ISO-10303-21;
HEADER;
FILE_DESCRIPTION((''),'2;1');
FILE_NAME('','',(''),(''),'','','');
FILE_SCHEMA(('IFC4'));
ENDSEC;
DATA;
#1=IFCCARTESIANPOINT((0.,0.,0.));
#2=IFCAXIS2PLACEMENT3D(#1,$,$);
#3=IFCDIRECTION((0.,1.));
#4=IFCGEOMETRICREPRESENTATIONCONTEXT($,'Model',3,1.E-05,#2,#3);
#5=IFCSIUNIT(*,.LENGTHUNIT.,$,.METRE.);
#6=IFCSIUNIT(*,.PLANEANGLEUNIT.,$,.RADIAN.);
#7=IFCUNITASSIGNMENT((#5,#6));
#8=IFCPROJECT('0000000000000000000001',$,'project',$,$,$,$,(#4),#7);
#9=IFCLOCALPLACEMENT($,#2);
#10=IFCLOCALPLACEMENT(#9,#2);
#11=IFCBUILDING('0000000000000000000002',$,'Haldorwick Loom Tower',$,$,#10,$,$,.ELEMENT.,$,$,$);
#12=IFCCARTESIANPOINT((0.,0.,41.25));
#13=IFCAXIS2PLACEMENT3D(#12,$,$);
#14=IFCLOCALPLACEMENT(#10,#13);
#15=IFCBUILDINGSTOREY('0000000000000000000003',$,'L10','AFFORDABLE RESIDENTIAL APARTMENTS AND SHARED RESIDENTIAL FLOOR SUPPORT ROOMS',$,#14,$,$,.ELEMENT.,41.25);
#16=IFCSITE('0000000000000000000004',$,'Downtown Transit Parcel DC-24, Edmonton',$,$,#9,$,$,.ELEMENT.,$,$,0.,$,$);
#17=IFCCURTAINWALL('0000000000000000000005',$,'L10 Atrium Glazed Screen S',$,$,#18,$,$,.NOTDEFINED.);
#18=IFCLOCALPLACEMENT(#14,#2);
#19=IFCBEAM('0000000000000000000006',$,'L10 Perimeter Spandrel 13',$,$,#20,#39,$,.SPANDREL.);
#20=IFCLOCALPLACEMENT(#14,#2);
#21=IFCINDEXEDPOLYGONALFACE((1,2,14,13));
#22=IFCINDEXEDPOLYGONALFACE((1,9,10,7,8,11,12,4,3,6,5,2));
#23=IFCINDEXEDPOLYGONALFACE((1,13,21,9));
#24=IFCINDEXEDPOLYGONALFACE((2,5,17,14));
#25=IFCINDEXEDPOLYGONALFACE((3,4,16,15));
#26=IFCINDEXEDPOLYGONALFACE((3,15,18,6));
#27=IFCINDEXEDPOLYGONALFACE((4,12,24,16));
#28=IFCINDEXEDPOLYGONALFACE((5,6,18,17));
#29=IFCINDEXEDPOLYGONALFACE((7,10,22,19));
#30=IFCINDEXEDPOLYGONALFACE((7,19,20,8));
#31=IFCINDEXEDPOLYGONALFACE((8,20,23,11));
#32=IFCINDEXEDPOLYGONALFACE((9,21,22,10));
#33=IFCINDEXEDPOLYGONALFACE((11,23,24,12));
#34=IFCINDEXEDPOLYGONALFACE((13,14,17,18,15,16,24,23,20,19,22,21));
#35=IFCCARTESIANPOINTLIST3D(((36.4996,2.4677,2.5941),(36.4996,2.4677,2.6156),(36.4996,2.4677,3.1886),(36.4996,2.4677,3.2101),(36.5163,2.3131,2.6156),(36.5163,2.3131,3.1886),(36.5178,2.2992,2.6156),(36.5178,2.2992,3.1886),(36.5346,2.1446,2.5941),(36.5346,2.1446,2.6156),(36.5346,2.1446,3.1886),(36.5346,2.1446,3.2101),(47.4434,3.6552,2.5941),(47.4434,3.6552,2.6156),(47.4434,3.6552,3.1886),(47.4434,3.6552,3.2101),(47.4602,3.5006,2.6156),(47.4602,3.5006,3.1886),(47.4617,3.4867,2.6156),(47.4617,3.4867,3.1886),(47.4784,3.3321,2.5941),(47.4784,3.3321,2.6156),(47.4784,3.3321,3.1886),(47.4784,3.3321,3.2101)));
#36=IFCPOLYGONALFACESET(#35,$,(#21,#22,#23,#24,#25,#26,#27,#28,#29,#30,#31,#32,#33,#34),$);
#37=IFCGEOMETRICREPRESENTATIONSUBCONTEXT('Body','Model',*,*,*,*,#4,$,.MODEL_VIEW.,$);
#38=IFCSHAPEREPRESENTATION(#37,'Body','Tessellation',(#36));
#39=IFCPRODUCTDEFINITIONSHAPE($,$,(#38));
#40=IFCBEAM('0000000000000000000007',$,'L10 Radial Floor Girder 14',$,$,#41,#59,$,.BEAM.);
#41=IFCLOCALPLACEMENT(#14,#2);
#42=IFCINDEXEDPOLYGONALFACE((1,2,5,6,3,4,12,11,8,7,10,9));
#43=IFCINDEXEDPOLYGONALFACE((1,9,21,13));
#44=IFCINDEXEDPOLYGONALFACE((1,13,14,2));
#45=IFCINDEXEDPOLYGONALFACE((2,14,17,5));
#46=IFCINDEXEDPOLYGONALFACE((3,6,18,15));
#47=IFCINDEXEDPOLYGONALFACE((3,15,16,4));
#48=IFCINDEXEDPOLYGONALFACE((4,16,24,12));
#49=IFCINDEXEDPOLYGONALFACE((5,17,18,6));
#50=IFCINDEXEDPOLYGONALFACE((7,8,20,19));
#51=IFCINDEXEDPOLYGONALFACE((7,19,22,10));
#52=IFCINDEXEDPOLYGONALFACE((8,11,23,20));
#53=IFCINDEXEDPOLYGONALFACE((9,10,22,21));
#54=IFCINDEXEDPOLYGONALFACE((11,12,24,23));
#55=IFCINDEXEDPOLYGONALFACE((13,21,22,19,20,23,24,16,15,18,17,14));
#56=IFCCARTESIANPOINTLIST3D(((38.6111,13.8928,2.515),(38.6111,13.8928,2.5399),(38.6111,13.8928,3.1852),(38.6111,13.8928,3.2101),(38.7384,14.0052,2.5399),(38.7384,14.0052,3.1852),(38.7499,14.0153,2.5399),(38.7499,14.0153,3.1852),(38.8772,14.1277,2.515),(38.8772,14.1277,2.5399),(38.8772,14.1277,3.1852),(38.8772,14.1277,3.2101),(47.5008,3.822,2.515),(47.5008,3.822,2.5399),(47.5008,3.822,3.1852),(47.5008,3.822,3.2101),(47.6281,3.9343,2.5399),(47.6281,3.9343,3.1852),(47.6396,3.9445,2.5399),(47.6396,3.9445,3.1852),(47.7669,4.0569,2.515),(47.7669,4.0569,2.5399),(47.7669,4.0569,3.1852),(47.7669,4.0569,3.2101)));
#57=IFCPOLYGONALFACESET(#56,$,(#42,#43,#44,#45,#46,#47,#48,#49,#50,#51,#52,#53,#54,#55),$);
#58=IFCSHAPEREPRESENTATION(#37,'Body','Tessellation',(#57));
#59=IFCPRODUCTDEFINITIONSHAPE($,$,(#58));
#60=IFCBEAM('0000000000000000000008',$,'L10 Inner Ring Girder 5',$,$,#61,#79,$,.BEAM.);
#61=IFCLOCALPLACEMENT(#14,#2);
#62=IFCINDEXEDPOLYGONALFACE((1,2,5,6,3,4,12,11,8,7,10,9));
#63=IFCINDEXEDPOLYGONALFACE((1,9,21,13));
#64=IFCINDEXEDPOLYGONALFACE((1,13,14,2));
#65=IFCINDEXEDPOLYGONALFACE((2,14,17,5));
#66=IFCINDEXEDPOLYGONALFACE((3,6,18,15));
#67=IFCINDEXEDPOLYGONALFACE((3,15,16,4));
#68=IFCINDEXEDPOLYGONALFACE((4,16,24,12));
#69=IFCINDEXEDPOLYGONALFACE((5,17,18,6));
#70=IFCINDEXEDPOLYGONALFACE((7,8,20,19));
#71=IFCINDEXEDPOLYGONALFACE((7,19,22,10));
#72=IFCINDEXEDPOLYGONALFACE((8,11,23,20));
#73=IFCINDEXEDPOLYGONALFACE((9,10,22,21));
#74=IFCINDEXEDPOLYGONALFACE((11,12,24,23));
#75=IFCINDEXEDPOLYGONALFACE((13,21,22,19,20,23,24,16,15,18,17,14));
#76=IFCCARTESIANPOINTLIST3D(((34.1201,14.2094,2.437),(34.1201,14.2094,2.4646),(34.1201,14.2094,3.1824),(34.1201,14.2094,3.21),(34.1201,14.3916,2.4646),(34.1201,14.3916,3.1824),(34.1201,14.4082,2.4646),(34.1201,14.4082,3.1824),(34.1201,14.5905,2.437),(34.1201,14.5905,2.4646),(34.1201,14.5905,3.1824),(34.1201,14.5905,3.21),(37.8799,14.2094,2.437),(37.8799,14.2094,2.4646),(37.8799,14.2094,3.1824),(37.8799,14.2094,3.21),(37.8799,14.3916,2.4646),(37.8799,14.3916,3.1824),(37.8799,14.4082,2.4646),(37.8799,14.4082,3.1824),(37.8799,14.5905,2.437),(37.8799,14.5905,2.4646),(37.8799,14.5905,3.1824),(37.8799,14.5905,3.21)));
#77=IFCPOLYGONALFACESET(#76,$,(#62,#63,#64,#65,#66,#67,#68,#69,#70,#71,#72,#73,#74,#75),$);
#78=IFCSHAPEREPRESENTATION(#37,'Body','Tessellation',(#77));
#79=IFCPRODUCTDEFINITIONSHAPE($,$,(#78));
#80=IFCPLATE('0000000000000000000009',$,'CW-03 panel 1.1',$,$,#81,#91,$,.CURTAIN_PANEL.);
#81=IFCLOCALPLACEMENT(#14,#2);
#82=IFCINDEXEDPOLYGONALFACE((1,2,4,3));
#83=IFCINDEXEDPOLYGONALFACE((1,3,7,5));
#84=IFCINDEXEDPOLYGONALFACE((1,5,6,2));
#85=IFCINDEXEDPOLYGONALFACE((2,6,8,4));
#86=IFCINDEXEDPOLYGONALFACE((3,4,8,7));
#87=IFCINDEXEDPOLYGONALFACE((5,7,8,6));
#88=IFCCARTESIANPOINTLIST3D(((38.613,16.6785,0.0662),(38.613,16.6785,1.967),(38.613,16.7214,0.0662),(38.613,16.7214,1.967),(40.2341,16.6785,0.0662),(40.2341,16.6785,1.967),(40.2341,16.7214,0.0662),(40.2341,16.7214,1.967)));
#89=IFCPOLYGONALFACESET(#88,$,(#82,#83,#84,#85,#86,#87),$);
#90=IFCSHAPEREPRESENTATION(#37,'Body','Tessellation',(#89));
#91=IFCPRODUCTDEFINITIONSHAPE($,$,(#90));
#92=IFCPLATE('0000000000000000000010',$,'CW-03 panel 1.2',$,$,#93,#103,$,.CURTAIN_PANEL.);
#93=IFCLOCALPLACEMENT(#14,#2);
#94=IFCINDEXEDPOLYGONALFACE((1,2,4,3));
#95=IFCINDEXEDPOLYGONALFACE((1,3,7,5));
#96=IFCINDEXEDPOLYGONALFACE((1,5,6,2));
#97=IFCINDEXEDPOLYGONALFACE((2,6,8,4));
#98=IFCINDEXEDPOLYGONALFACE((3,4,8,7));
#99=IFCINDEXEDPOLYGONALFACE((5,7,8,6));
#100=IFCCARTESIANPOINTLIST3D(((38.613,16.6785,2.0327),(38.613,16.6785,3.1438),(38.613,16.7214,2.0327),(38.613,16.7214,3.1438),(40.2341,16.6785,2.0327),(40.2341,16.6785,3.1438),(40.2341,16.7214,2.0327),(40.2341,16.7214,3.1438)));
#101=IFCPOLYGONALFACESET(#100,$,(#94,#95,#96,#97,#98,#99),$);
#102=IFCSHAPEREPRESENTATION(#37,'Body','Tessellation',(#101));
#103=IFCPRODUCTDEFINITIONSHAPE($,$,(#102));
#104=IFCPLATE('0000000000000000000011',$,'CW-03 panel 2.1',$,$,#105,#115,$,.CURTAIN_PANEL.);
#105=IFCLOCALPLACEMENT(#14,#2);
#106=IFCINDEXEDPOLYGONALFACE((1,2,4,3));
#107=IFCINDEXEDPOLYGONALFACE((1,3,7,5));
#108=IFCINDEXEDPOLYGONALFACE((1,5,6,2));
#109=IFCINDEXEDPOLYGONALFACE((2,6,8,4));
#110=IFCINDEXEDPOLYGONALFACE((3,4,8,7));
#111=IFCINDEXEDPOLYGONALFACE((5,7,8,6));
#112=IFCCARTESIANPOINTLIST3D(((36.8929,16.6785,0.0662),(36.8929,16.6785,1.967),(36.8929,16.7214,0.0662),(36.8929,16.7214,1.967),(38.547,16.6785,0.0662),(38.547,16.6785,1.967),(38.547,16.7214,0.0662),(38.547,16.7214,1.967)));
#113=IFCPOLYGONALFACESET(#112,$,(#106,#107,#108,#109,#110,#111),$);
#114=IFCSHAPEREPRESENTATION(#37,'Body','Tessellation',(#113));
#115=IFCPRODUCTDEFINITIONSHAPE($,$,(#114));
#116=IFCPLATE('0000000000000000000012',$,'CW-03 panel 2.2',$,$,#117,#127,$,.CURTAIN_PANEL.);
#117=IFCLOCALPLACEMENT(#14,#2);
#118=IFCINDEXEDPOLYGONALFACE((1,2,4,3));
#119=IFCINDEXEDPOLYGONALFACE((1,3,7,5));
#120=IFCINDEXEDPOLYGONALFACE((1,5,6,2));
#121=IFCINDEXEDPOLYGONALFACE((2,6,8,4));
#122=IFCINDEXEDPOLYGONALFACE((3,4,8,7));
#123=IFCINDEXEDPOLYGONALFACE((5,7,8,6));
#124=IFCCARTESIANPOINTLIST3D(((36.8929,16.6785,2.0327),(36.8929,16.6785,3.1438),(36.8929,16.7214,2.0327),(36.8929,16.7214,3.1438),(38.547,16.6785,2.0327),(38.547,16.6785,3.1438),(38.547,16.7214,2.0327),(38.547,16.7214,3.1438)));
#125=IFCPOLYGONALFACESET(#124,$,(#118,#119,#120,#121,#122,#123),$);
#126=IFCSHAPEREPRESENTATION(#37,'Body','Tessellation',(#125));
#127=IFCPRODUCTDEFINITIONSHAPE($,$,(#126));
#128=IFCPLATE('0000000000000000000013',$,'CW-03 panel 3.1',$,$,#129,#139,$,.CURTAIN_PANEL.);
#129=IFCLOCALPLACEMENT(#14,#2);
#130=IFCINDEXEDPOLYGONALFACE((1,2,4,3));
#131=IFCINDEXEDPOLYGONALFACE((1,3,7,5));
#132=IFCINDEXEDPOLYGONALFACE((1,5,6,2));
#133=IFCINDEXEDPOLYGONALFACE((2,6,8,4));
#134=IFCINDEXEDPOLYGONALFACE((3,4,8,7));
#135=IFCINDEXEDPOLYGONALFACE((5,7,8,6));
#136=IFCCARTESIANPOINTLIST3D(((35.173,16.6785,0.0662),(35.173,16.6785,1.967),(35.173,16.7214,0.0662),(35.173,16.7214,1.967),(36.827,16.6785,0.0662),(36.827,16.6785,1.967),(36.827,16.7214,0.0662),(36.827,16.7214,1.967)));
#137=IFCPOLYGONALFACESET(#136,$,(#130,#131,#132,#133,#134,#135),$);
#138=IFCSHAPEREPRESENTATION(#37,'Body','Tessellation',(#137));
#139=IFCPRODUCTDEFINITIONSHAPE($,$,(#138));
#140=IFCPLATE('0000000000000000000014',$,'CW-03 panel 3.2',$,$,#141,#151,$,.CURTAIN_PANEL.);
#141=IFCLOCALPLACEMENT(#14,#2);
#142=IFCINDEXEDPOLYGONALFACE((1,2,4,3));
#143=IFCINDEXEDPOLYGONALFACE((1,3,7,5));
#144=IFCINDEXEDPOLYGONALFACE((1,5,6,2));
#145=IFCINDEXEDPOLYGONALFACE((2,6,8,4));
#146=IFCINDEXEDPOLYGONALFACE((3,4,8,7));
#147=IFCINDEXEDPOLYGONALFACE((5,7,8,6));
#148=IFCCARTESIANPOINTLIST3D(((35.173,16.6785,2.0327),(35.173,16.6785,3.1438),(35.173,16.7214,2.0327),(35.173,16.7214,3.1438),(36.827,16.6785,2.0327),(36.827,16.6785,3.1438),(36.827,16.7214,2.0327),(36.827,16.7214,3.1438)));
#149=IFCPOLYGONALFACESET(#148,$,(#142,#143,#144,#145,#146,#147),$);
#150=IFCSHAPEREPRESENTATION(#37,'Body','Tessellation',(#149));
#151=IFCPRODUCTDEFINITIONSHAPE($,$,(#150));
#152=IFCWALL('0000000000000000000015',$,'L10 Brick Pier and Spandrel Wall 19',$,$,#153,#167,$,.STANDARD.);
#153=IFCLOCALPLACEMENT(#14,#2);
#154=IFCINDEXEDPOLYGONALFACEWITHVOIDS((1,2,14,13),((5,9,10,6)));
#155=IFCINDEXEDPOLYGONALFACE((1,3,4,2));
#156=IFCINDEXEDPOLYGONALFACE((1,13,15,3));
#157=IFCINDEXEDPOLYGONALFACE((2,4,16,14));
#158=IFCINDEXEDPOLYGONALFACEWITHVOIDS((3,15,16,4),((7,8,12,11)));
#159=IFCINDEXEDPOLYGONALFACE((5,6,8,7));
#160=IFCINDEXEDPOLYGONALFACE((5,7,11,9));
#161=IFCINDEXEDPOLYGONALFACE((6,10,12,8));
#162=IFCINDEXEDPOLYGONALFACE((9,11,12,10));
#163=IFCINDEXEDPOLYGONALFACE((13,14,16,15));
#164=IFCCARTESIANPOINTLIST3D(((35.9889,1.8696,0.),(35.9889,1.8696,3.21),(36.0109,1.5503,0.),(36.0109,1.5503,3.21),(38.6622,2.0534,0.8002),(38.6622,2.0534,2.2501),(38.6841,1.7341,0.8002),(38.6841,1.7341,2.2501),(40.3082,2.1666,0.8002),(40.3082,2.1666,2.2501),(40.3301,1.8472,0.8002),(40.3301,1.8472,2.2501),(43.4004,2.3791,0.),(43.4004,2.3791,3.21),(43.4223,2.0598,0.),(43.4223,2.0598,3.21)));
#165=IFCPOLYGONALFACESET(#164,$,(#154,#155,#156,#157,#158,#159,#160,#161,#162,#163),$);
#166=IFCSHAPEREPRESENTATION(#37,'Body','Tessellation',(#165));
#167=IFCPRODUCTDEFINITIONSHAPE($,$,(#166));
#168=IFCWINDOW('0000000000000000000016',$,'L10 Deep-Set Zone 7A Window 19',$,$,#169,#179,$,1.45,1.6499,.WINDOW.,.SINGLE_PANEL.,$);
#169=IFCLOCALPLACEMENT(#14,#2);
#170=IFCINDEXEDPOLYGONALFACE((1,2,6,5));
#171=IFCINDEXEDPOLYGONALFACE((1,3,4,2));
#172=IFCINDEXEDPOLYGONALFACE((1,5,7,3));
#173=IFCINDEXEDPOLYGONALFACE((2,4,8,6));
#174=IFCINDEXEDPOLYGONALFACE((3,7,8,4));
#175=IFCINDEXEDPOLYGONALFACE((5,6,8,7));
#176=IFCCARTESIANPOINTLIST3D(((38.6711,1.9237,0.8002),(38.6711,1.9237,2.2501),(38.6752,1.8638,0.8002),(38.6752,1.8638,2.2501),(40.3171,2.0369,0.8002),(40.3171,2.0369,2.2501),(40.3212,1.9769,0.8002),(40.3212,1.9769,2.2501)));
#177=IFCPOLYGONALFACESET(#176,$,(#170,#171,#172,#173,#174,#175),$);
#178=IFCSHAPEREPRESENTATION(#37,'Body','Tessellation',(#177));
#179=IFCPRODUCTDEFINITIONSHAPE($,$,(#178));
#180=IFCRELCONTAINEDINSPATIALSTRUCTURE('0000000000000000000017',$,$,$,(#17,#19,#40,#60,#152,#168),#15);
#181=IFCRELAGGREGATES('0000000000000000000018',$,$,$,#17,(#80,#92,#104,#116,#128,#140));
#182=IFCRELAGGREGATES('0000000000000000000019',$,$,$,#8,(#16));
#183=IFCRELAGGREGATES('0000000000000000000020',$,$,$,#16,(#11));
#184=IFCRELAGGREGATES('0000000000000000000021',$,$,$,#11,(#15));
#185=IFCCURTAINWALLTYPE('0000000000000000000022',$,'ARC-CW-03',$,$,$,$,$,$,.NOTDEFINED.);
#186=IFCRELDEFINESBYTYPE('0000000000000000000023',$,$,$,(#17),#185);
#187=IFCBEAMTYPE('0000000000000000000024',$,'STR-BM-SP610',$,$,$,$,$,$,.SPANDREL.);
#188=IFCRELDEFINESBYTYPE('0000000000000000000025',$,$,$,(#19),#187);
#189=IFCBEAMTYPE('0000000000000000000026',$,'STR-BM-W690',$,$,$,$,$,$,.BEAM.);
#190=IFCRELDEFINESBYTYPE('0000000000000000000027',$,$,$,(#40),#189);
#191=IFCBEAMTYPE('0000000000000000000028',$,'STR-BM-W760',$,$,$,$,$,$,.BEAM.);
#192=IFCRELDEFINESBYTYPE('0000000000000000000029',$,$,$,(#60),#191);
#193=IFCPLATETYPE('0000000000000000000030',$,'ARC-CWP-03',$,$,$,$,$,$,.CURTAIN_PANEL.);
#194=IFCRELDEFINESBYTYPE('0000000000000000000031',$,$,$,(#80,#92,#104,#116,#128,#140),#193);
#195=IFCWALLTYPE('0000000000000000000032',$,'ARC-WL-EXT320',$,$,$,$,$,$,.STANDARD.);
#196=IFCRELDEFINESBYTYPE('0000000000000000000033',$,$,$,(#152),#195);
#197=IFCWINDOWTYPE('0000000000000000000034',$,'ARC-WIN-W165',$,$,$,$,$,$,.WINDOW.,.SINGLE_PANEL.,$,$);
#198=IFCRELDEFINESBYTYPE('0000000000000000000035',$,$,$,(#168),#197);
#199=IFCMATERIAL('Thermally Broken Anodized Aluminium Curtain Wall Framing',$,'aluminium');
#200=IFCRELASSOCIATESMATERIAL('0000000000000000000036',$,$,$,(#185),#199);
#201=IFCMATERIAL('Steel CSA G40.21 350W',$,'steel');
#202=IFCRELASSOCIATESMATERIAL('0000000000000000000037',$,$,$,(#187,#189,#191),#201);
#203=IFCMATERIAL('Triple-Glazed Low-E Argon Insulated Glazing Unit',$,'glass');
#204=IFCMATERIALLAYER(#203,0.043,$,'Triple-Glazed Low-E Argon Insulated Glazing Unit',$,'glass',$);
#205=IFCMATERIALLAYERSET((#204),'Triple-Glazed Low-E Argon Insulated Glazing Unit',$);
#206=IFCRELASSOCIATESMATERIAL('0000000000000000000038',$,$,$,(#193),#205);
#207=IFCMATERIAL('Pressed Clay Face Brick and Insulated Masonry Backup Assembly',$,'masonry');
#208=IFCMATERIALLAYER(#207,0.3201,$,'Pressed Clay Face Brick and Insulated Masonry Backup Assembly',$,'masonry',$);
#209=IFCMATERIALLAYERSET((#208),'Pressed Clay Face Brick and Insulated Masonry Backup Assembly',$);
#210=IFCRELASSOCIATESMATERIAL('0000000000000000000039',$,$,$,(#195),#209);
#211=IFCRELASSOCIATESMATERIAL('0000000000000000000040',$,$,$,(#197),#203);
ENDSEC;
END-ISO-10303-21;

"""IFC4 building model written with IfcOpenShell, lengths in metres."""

from ifc_helpers import new_model, si_unit, direction, frame, frame_2d, origin, origin_2d, place, context, subcontext, project, spatial, rectangle, i_section, extrude, material, layer, layer_set, material_profile, profile_set, type_object, element, fill, aggregate, save


model = new_model("IFC4")

# Units and contexts
model_context = context("Model", 3, precision=1e-05, world=origin(), true_north=direction((0.0, 1.0)))
body_context = subcontext(model_context, "Body", "Model", "MODEL_VIEW")
ifc_project = project(units=[si_unit("LENGTHUNIT", "METRE"), si_unit("PLANEANGLEUNIT", "RADIAN")], contexts=[model_context])

# Site, building, storey
site_placement = place(None, origin())
site = spatial("IfcSite", under=ifc_project, at=site_placement, Name="Downtown Transit Parcel DC-24, Edmonton", CompositionType="ELEMENT", RefElevation=0.0)
building_placement = place(site_placement, origin())
building = spatial("IfcBuilding", under=site, at=building_placement, Name="Haldorwick Loom Tower", CompositionType="ELEMENT")
storey_placement = place(building_placement, frame((0.0, 0.0, 41.25)))
storey = spatial("IfcBuildingStorey", under=building, at=storey_placement, Name="L10", Description="AFFORDABLE RESIDENTIAL APARTMENTS AND SHARED RESIDENTIAL FLOOR SUPPORT ROOMS", CompositionType="ELEMENT", Elevation=41.25)

# Curtain wall
ifc_material_1 = material(Name="Thermally Broken Anodized Aluminium Curtain Wall Framing", Category="aluminium")
curtain_wall_type = type_object("IfcCurtainWallType", Name="ARC-CW-03", PredefinedType="NOTDEFINED", material=ifc_material_1)
curtain_wall_placement = place(storey_placement, origin())
curtain_wall = element("IfcCurtainWall", 1, at=curtain_wall_placement, inside=storey, type_object=curtain_wall_type, Name="L10 Atrium Glazed Screen S", PredefinedType="NOTDEFINED")

# Beams
ifc_material_2 = material(Name="Steel CSA G40.21 350W", Category="steel")
ifc_material_profile_1 = material_profile(ifc_material_2, i_section(OverallWidth=0.325, OverallDepth=0.616, WebThickness=0.0139, FlangeThickness=0.0215, at=origin_2d()), Name="W610X174", Category="steel")
ifc_profile_set_1 = profile_set([ifc_material_profile_1], Name="Steel CSA G40.21 350W")
beam_type_1 = type_object("IfcBeamType", Name="STR-BM-SP610", PredefinedType="SPANDREL", material=ifc_profile_set_1)
beam_1_placement = place(storey_placement, frame((36.5171, 2.3062, 2.9021), z_axis=(0.994164, 0.107875, 0.0), x_axis=(-0.107875, 0.994164, 0.0)))
element("IfcBeam", 2, at=beam_1_placement, inside=storey, type_object=beam_type_1, Name="L10 Perimeter Spandrel 13", PredefinedType="SPANDREL", context=body_context, shape_type="SweptSolid", body=[
    extrude(i_section(OverallWidth=0.325, OverallDepth=0.616, WebThickness=0.0139, FlangeThickness=0.0215, at=origin_2d()), origin(), (0.0, 0.0, 1.0), 11.0081),
])
ifc_material_profile_2 = material_profile(ifc_material_2, i_section(OverallWidth=0.355, OverallDepth=0.6951, WebThickness=0.0154, FlangeThickness=0.0249, at=origin_2d()), Name="W690X217", Category="steel")
ifc_profile_set_2 = profile_set([ifc_material_profile_2], Name="Steel CSA G40.21 350W")
beam_type_2 = type_object("IfcBeamType", Name="STR-BM-W690", PredefinedType="BEAM", material=ifc_profile_set_2)
beam_2_placement = place(storey_placement, frame((38.7441, 14.0103, 2.8625), z_axis=(0.661774, -0.749703, 0.0), x_axis=(0.749703, 0.661774, 0.0)))
element("IfcBeam", 3, at=beam_2_placement, inside=storey, type_object=beam_type_2, Name="L10 Radial Floor Girder 14", PredefinedType="BEAM", context=body_context, shape_type="SweptSolid", body=[
    extrude(i_section(OverallWidth=0.355, OverallDepth=0.6951, WebThickness=0.0154, FlangeThickness=0.0249, at=origin_2d()), origin(), (0.0, 0.0, 1.0), 13.4331),
])
ifc_material_profile_3 = material_profile(ifc_material_2, i_section(OverallWidth=0.3811, OverallDepth=0.7729, WebThickness=0.0166, FlangeThickness=0.0276, at=origin_2d()), Name="W760X257", Category="steel")
ifc_profile_set_3 = profile_set([ifc_material_profile_3], Name="Steel CSA G40.21 350W")
beam_type_3 = type_object("IfcBeamType", Name="STR-BM-W760", PredefinedType="BEAM", material=ifc_profile_set_3)
beam_3_placement = place(storey_placement, frame((37.8799, 14.3999, 2.8235), z_axis=(-1.0, 0.0, 0.0), x_axis=(0.0, -1.0, 0.0)))
element("IfcBeam", 4, at=beam_3_placement, inside=storey, type_object=beam_type_3, Name="L10 Inner Ring Girder 5", PredefinedType="BEAM", context=body_context, shape_type="SweptSolid", body=[
    extrude(i_section(OverallWidth=0.3811, OverallDepth=0.7729, WebThickness=0.0166, FlangeThickness=0.0276, at=origin_2d()), origin(), (0.0, 0.0, 1.0), 3.7598),
])

# Plates
ifc_material_3 = material(Name="Triple-Glazed Low-E Argon Insulated Glazing Unit", Category="glass")
ifc_layer_1 = layer(ifc_material_3, 0.043, Name="Triple-Glazed Low-E Argon Insulated Glazing Unit", Category="glass")
ifc_layer_set_1 = layer_set([ifc_layer_1], Name="Triple-Glazed Low-E Argon Insulated Glazing Unit")
plate_type = type_object("IfcPlateType", Name="ARC-CWP-03", PredefinedType="CURTAIN_PANEL", material=ifc_layer_set_1)
plate_1_placement = place(storey_placement, frame((39.4236, 16.7, 0.0662), z_axis=(0.0, 0.0, 1.0), x_axis=(-1.0, 0.0, 0.0)))
plate_1 = element("IfcPlate", 5, at=plate_1_placement, type_object=plate_type, Name="CW-03 panel 1.1", PredefinedType="CURTAIN_PANEL", context=body_context, shape_type="SweptSolid", body=[
    extrude(rectangle(XDim=1.6211, YDim=0.043, at=origin_2d()), origin(), (0.0, 0.0, 1.0), 1.9009),
])
plate_2_placement = place(storey_placement, frame((39.4236, 16.7, 2.0327), z_axis=(0.0, 0.0, 1.0), x_axis=(-1.0, 0.0, 0.0)))
plate_2 = element("IfcPlate", 6, at=plate_2_placement, type_object=plate_type, Name="CW-03 panel 1.2", PredefinedType="CURTAIN_PANEL", context=body_context, shape_type="SweptSolid", body=[
    extrude(rectangle(XDim=1.6211, YDim=0.043, at=origin_2d()), origin(), (0.0, 0.0, 1.0), 1.1111),
])
plate_3_placement = place(storey_placement, frame((37.72, 16.7, 0.0662), z_axis=(0.0, 0.0, 1.0), x_axis=(-1.0, 0.0, 0.0)))
plate_3 = element("IfcPlate", 7, at=plate_3_placement, type_object=plate_type, Name="CW-03 panel 2.1", PredefinedType="CURTAIN_PANEL", context=body_context, shape_type="SweptSolid", body=[
    extrude(rectangle(XDim=1.6541, YDim=0.043, at=origin_2d()), origin(), (0.0, 0.0, 1.0), 1.9009),
])
plate_4_placement = place(storey_placement, frame((37.72, 16.7, 2.0327), z_axis=(0.0, 0.0, 1.0), x_axis=(-1.0, 0.0, 0.0)))
plate_4 = element("IfcPlate", 8, at=plate_4_placement, type_object=plate_type, Name="CW-03 panel 2.2", PredefinedType="CURTAIN_PANEL", context=body_context, shape_type="SweptSolid", body=[
    extrude(rectangle(XDim=1.6541, YDim=0.043, at=origin_2d()), origin(), (0.0, 0.0, 1.0), 1.1111),
])
plate_5_placement = place(storey_placement, frame((36.0, 16.7, 0.0662), z_axis=(0.0, 0.0, 1.0), x_axis=(-1.0, 0.0, 0.0)))
plate_5 = element("IfcPlate", 9, at=plate_5_placement, type_object=plate_type, Name="CW-03 panel 3.1", PredefinedType="CURTAIN_PANEL", context=body_context, shape_type="SweptSolid", body=[
    extrude(rectangle(XDim=1.6541, YDim=0.043, at=origin_2d()), origin(), (0.0, 0.0, 1.0), 1.9009),
])
plate_6_placement = place(storey_placement, frame((36.0, 16.7, 2.0327), z_axis=(0.0, 0.0, 1.0), x_axis=(-1.0, 0.0, 0.0)))
plate_6 = element("IfcPlate", 10, at=plate_6_placement, type_object=plate_type, Name="CW-03 panel 3.2", PredefinedType="CURTAIN_PANEL", context=body_context, shape_type="SweptSolid", body=[
    extrude(rectangle(XDim=1.6541, YDim=0.043, at=origin_2d()), origin(), (0.0, 0.0, 1.0), 1.1111),
])
aggregate(curtain_wall, [plate_1, plate_2, plate_3, plate_4, plate_5, plate_6])

# Wall, opening, window
ifc_material_4 = material(Name="Pressed Clay Face Brick and Insulated Masonry Backup Assembly", Category="masonry")
ifc_layer_2 = layer(ifc_material_4, 0.3201, Name="Pressed Clay Face Brick and Insulated Masonry Backup Assembly", Category="masonry")
ifc_layer_set_2 = layer_set([ifc_layer_2], Name="Pressed Clay Face Brick and Insulated Masonry Backup Assembly")
wall_type_1 = type_object("IfcWallType", Name="ARC-WL-EXT320", PredefinedType="STANDARD", material=ifc_layer_set_2)
wall_1_placement = place(storey_placement, frame((36.0, 1.71, 0.0), z_axis=(0.0, 0.0, 1.0), x_axis=(0.997645, 0.068587, 0.0)))
wall_1 = element("IfcWall", 11, at=wall_1_placement, inside=storey, type_object=wall_type_1, Name="L10 Brick Pier and Spandrel Wall 19", PredefinedType="STANDARD", context=body_context, shape_type="SweptSolid", body=[
    extrude(rectangle(XDim=7.429, YDim=0.3201, at=frame_2d((3.7144, 0.0))), origin(), (0.0, 0.0, 1.0), 3.21),
])
opening_placement = place(wall_1_placement, frame((2.6794, 0.0, 0.8)))
opening = element("IfcOpeningElement", 12, at=opening_placement, cuts=wall_1, PredefinedType="OPENING", context=body_context, shape_type="SweptSolid", body=[
    extrude(rectangle(XDim=1.6499, YDim=1.45, at=frame_2d((0.825, 0.7251))), frame((0.0, 0.1699, 0.0), z_axis=(0.0, -1.0, 0.0), x_axis=(1.0, 0.0, 0.0)), (0.0, 0.0, 1.0), 0.3401),
])
window_type = type_object("IfcWindowType", Name="ARC-WIN-W165", PartitioningType="SINGLE_PANEL", PredefinedType="WINDOW", material=ifc_material_3)
window_placement = place(opening_placement, origin())
window = element("IfcWindow", 13, at=window_placement, inside=storey, type_object=window_type, Name="L10 Deep-Set Zone 7A Window 19", OverallHeight=1.45, OverallWidth=1.6499, PartitioningType="SINGLE_PANEL", PredefinedType="WINDOW", context=body_context, shape_type="SweptSolid", body=[
    extrude(rectangle(XDim=1.6499, YDim=1.45, at=frame_2d((0.825, 0.7251))), frame((0.0, 0.03, 0.0), z_axis=(0.0, -1.0, 0.0), x_axis=(1.0, 0.0, 0.0)), (0.0, 0.0, 1.0), 0.0601),
])
fill(opening, window)

save(model, "model.ifc")
